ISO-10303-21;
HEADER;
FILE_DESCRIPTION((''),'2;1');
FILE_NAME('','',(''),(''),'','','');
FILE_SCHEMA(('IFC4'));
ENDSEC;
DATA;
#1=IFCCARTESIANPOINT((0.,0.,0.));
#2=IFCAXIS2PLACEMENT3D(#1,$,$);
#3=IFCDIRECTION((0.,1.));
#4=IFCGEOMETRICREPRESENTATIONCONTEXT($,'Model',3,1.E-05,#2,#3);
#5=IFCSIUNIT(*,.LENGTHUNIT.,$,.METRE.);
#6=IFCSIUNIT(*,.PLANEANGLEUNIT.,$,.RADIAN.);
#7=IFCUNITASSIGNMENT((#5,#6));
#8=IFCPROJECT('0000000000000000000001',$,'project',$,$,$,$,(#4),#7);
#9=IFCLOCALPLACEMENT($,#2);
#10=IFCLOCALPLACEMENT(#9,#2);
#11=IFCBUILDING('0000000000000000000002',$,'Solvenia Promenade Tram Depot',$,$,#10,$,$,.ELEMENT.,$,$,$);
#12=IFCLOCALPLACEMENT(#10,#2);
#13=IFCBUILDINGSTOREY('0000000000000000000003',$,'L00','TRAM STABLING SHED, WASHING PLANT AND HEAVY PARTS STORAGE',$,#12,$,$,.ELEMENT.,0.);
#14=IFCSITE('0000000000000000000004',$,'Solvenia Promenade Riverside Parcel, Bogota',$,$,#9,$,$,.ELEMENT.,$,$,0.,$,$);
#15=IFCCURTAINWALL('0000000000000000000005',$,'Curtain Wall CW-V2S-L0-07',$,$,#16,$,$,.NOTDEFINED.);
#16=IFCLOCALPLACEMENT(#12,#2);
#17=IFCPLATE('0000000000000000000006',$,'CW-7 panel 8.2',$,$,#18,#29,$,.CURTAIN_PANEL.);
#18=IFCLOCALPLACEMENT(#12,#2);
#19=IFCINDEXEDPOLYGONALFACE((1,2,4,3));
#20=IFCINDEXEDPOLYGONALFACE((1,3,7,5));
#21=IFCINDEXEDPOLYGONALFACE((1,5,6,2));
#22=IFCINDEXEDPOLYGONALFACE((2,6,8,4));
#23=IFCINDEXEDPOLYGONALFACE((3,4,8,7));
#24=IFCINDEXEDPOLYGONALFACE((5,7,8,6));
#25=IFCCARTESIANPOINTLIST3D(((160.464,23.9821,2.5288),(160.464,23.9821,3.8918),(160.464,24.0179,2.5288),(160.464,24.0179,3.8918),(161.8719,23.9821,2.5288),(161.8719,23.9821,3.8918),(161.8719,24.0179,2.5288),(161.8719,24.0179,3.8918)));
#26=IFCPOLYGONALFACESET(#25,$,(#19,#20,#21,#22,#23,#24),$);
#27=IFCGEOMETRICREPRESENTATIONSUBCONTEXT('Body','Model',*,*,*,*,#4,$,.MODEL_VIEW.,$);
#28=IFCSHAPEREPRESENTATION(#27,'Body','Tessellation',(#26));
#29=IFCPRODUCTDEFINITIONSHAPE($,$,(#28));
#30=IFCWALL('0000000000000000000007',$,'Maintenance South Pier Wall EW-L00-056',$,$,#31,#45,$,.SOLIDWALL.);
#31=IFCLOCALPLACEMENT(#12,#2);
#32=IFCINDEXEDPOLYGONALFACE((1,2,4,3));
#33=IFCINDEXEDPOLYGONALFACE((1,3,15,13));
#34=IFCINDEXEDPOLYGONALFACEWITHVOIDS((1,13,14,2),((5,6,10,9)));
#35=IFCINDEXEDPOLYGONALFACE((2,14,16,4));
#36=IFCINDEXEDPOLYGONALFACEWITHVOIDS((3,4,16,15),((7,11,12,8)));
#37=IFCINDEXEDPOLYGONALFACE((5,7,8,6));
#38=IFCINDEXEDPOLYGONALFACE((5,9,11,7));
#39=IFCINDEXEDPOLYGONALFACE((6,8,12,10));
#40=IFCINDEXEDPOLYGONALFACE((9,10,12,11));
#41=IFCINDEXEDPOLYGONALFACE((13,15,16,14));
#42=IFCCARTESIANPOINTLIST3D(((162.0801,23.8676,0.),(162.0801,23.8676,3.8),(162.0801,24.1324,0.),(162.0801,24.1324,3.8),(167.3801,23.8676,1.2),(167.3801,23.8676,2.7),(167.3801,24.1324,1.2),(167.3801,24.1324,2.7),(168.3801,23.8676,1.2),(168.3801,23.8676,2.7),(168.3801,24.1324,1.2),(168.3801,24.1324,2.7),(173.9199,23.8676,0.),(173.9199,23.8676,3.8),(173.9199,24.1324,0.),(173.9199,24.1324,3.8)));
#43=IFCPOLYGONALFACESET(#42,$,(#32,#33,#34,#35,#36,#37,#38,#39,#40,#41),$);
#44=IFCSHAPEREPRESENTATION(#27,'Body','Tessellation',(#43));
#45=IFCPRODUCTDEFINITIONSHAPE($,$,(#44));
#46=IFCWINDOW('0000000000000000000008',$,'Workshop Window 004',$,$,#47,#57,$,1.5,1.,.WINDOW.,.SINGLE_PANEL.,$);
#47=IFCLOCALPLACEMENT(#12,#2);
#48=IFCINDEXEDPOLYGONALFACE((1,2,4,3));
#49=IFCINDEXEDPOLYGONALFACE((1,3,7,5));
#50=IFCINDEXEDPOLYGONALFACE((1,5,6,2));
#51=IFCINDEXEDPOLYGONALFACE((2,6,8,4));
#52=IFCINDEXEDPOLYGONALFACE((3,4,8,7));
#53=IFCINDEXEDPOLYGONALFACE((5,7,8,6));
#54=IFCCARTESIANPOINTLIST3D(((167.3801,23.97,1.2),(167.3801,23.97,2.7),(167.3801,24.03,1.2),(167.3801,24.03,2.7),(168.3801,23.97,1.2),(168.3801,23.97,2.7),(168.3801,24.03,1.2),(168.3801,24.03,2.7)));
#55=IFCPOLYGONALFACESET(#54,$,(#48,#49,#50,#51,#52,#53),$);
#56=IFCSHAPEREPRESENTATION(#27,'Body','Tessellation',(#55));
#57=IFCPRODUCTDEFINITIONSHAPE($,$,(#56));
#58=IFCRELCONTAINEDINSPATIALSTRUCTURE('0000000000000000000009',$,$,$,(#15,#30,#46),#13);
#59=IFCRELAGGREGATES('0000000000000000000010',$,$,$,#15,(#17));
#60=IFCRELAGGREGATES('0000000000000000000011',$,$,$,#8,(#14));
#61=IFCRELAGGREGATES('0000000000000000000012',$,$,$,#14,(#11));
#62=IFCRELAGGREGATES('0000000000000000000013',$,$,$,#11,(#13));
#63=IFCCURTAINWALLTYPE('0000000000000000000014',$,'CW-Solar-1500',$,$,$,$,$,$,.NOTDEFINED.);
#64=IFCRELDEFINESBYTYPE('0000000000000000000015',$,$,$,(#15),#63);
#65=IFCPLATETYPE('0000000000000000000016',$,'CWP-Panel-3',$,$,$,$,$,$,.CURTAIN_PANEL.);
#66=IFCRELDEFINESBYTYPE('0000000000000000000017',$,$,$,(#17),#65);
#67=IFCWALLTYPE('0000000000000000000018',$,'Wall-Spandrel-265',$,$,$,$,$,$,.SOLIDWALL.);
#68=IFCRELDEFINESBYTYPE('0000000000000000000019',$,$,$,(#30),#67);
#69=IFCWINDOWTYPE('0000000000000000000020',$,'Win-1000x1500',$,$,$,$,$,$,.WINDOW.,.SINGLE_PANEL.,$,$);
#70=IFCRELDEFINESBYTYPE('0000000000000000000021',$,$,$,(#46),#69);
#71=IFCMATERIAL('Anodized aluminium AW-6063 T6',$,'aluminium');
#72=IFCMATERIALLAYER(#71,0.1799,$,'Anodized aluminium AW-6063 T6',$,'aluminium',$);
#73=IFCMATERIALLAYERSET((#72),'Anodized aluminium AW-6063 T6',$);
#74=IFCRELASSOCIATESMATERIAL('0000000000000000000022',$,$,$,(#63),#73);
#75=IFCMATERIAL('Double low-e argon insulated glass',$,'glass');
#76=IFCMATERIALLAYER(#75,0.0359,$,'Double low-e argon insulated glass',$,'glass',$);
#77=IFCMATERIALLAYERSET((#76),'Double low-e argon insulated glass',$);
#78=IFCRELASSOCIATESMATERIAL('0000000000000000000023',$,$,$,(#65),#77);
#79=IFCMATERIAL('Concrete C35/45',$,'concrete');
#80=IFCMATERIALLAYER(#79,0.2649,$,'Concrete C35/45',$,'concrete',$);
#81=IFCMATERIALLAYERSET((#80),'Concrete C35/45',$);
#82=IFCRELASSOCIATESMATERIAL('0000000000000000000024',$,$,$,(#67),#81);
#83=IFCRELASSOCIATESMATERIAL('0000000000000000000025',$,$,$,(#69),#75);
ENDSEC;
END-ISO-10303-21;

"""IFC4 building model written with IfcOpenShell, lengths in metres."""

from ifc_helpers import new_model, si_unit, direction, frame, frame_2d, origin, origin_2d, place, context, subcontext, project, spatial, rectangle, extrude, material, layer, layer_set, type_object, element, fill, aggregate, save


model = new_model("IFC4")

# Units and contexts
model_context = context("Model", 3, precision=1e-05, world=origin(), true_north=direction((0.0, 1.0)))
body_context = subcontext(model_context, "Body", "Model", "MODEL_VIEW")
ifc_project = project(units=[si_unit("LENGTHUNIT", "METRE"), si_unit("PLANEANGLEUNIT", "RADIAN")], contexts=[model_context])

# Site, building, storey
site_placement = place(None, origin())
site = spatial("IfcSite", under=ifc_project, at=site_placement, Name="Solvenia Promenade Riverside Parcel, Bogota", CompositionType="ELEMENT", RefElevation=0.0)
building_placement = place(site_placement, origin())
building = spatial("IfcBuilding", under=site, at=building_placement, Name="Solvenia Promenade Tram Depot", CompositionType="ELEMENT")
storey_placement = place(building_placement, origin())
storey = spatial("IfcBuildingStorey", under=building, at=storey_placement, Name="L00", Description="TRAM STABLING SHED, WASHING PLANT AND HEAVY PARTS STORAGE", CompositionType="ELEMENT", Elevation=0.0)

# Curtain wall, plate
ifc_material_1 = material(Name="Anodized aluminium AW-6063 T6", Category="aluminium")
ifc_layer_1 = layer(ifc_material_1, 0.1799, Name="Anodized aluminium AW-6063 T6", Category="aluminium")
ifc_layer_set_1 = layer_set([ifc_layer_1], Name="Anodized aluminium AW-6063 T6")
curtain_wall_type = type_object("IfcCurtainWallType", Name="CW-Solar-1500", PredefinedType="NOTDEFINED", material=ifc_layer_set_1)
curtain_wall_placement = place(storey_placement, origin())
curtain_wall = element("IfcCurtainWall", 1, at=curtain_wall_placement, inside=storey, type_object=curtain_wall_type, Name="Curtain Wall CW-V2S-L0-07", PredefinedType="NOTDEFINED")
ifc_material_2 = material(Name="Double low-e argon insulated glass", Category="glass")
ifc_layer_2 = layer(ifc_material_2, 0.0359, Name="Double low-e argon insulated glass", Category="glass")
ifc_layer_set_2 = layer_set([ifc_layer_2], Name="Double low-e argon insulated glass")
plate_type = type_object("IfcPlateType", Name="CWP-Panel-3", PredefinedType="CURTAIN_PANEL", material=ifc_layer_set_2)
plate_1_placement = place(storey_placement, frame((161.168, 24.0, 2.5288), z_axis=(0.0, 0.0, 1.0), x_axis=(1.0, 0.0, 0.0)))
plate_1 = element("IfcPlate", 2, at=plate_1_placement, type_object=plate_type, Name="CW-7 panel 8.2", PredefinedType="CURTAIN_PANEL", context=body_context, shape_type="SweptSolid", body=[
    extrude(rectangle(XDim=1.408, YDim=0.0359, at=origin_2d()), origin(), (0.0, 0.0, 1.0), 1.363),
])
aggregate(curtain_wall, [plate_1])

# Wall, opening, window
ifc_material_3 = material(Name="Concrete C35/45", Category="concrete")
ifc_layer_3 = layer(ifc_material_3, 0.2649, Name="Concrete C35/45", Category="concrete")
ifc_layer_set_3 = layer_set([ifc_layer_3], Name="Concrete C35/45")
wall_type = type_object("IfcWallType", Name="Wall-Spandrel-265", PredefinedType="SOLIDWALL", material=ifc_layer_set_3)
wall_placement = place(storey_placement, frame((162.0801, 24.0, 0.0), z_axis=(0.0, 0.0, 1.0), x_axis=(1.0, 0.0, 0.0)))
wall = element("IfcWall", 3, at=wall_placement, inside=storey, type_object=wall_type, Name="Maintenance South Pier Wall EW-L00-056", PredefinedType="SOLIDWALL", context=body_context, shape_type="SweptSolid", body=[
    extrude(rectangle(XDim=11.8398, YDim=0.2649, at=frame_2d((5.9199, 0.0))), origin(), (0.0, 0.0, 1.0), 3.8),
])
opening_placement = place(wall_placement, frame((5.3, 0.0, 1.2)))
opening = element("IfcOpeningElement", 4, at=opening_placement, cuts=wall, PredefinedType="OPENING", context=body_context, shape_type="SweptSolid", body=[
    extrude(rectangle(XDim=1.0, YDim=1.5, at=frame_2d((0.5, 0.75))), frame((0.0, 0.1423, 0.0), z_axis=(0.0, -1.0, 0.0), x_axis=(1.0, 0.0, 0.0)), (0.0, 0.0, 1.0), 0.2849),
])
window_type = type_object("IfcWindowType", Name="Win-1000x1500", PartitioningType="SINGLE_PANEL", PredefinedType="WINDOW", material=ifc_material_2)
window_placement = place(opening_placement, origin())
window = element("IfcWindow", 5, at=window_placement, inside=storey, type_object=window_type, Name="Workshop Window 004", OverallHeight=1.5, OverallWidth=1.0, PartitioningType="SINGLE_PANEL", PredefinedType="WINDOW", context=body_context, shape_type="SweptSolid", body=[
    extrude(rectangle(XDim=1.0, YDim=1.5, at=frame_2d((0.5, 0.75))), frame((0.0, 0.03, 0.0), z_axis=(0.0, -1.0, 0.0), x_axis=(1.0, 0.0, 0.0)), (0.0, 0.0, 1.0), 0.0601),
])
fill(opening, window)

save(model, "model.ifc")
